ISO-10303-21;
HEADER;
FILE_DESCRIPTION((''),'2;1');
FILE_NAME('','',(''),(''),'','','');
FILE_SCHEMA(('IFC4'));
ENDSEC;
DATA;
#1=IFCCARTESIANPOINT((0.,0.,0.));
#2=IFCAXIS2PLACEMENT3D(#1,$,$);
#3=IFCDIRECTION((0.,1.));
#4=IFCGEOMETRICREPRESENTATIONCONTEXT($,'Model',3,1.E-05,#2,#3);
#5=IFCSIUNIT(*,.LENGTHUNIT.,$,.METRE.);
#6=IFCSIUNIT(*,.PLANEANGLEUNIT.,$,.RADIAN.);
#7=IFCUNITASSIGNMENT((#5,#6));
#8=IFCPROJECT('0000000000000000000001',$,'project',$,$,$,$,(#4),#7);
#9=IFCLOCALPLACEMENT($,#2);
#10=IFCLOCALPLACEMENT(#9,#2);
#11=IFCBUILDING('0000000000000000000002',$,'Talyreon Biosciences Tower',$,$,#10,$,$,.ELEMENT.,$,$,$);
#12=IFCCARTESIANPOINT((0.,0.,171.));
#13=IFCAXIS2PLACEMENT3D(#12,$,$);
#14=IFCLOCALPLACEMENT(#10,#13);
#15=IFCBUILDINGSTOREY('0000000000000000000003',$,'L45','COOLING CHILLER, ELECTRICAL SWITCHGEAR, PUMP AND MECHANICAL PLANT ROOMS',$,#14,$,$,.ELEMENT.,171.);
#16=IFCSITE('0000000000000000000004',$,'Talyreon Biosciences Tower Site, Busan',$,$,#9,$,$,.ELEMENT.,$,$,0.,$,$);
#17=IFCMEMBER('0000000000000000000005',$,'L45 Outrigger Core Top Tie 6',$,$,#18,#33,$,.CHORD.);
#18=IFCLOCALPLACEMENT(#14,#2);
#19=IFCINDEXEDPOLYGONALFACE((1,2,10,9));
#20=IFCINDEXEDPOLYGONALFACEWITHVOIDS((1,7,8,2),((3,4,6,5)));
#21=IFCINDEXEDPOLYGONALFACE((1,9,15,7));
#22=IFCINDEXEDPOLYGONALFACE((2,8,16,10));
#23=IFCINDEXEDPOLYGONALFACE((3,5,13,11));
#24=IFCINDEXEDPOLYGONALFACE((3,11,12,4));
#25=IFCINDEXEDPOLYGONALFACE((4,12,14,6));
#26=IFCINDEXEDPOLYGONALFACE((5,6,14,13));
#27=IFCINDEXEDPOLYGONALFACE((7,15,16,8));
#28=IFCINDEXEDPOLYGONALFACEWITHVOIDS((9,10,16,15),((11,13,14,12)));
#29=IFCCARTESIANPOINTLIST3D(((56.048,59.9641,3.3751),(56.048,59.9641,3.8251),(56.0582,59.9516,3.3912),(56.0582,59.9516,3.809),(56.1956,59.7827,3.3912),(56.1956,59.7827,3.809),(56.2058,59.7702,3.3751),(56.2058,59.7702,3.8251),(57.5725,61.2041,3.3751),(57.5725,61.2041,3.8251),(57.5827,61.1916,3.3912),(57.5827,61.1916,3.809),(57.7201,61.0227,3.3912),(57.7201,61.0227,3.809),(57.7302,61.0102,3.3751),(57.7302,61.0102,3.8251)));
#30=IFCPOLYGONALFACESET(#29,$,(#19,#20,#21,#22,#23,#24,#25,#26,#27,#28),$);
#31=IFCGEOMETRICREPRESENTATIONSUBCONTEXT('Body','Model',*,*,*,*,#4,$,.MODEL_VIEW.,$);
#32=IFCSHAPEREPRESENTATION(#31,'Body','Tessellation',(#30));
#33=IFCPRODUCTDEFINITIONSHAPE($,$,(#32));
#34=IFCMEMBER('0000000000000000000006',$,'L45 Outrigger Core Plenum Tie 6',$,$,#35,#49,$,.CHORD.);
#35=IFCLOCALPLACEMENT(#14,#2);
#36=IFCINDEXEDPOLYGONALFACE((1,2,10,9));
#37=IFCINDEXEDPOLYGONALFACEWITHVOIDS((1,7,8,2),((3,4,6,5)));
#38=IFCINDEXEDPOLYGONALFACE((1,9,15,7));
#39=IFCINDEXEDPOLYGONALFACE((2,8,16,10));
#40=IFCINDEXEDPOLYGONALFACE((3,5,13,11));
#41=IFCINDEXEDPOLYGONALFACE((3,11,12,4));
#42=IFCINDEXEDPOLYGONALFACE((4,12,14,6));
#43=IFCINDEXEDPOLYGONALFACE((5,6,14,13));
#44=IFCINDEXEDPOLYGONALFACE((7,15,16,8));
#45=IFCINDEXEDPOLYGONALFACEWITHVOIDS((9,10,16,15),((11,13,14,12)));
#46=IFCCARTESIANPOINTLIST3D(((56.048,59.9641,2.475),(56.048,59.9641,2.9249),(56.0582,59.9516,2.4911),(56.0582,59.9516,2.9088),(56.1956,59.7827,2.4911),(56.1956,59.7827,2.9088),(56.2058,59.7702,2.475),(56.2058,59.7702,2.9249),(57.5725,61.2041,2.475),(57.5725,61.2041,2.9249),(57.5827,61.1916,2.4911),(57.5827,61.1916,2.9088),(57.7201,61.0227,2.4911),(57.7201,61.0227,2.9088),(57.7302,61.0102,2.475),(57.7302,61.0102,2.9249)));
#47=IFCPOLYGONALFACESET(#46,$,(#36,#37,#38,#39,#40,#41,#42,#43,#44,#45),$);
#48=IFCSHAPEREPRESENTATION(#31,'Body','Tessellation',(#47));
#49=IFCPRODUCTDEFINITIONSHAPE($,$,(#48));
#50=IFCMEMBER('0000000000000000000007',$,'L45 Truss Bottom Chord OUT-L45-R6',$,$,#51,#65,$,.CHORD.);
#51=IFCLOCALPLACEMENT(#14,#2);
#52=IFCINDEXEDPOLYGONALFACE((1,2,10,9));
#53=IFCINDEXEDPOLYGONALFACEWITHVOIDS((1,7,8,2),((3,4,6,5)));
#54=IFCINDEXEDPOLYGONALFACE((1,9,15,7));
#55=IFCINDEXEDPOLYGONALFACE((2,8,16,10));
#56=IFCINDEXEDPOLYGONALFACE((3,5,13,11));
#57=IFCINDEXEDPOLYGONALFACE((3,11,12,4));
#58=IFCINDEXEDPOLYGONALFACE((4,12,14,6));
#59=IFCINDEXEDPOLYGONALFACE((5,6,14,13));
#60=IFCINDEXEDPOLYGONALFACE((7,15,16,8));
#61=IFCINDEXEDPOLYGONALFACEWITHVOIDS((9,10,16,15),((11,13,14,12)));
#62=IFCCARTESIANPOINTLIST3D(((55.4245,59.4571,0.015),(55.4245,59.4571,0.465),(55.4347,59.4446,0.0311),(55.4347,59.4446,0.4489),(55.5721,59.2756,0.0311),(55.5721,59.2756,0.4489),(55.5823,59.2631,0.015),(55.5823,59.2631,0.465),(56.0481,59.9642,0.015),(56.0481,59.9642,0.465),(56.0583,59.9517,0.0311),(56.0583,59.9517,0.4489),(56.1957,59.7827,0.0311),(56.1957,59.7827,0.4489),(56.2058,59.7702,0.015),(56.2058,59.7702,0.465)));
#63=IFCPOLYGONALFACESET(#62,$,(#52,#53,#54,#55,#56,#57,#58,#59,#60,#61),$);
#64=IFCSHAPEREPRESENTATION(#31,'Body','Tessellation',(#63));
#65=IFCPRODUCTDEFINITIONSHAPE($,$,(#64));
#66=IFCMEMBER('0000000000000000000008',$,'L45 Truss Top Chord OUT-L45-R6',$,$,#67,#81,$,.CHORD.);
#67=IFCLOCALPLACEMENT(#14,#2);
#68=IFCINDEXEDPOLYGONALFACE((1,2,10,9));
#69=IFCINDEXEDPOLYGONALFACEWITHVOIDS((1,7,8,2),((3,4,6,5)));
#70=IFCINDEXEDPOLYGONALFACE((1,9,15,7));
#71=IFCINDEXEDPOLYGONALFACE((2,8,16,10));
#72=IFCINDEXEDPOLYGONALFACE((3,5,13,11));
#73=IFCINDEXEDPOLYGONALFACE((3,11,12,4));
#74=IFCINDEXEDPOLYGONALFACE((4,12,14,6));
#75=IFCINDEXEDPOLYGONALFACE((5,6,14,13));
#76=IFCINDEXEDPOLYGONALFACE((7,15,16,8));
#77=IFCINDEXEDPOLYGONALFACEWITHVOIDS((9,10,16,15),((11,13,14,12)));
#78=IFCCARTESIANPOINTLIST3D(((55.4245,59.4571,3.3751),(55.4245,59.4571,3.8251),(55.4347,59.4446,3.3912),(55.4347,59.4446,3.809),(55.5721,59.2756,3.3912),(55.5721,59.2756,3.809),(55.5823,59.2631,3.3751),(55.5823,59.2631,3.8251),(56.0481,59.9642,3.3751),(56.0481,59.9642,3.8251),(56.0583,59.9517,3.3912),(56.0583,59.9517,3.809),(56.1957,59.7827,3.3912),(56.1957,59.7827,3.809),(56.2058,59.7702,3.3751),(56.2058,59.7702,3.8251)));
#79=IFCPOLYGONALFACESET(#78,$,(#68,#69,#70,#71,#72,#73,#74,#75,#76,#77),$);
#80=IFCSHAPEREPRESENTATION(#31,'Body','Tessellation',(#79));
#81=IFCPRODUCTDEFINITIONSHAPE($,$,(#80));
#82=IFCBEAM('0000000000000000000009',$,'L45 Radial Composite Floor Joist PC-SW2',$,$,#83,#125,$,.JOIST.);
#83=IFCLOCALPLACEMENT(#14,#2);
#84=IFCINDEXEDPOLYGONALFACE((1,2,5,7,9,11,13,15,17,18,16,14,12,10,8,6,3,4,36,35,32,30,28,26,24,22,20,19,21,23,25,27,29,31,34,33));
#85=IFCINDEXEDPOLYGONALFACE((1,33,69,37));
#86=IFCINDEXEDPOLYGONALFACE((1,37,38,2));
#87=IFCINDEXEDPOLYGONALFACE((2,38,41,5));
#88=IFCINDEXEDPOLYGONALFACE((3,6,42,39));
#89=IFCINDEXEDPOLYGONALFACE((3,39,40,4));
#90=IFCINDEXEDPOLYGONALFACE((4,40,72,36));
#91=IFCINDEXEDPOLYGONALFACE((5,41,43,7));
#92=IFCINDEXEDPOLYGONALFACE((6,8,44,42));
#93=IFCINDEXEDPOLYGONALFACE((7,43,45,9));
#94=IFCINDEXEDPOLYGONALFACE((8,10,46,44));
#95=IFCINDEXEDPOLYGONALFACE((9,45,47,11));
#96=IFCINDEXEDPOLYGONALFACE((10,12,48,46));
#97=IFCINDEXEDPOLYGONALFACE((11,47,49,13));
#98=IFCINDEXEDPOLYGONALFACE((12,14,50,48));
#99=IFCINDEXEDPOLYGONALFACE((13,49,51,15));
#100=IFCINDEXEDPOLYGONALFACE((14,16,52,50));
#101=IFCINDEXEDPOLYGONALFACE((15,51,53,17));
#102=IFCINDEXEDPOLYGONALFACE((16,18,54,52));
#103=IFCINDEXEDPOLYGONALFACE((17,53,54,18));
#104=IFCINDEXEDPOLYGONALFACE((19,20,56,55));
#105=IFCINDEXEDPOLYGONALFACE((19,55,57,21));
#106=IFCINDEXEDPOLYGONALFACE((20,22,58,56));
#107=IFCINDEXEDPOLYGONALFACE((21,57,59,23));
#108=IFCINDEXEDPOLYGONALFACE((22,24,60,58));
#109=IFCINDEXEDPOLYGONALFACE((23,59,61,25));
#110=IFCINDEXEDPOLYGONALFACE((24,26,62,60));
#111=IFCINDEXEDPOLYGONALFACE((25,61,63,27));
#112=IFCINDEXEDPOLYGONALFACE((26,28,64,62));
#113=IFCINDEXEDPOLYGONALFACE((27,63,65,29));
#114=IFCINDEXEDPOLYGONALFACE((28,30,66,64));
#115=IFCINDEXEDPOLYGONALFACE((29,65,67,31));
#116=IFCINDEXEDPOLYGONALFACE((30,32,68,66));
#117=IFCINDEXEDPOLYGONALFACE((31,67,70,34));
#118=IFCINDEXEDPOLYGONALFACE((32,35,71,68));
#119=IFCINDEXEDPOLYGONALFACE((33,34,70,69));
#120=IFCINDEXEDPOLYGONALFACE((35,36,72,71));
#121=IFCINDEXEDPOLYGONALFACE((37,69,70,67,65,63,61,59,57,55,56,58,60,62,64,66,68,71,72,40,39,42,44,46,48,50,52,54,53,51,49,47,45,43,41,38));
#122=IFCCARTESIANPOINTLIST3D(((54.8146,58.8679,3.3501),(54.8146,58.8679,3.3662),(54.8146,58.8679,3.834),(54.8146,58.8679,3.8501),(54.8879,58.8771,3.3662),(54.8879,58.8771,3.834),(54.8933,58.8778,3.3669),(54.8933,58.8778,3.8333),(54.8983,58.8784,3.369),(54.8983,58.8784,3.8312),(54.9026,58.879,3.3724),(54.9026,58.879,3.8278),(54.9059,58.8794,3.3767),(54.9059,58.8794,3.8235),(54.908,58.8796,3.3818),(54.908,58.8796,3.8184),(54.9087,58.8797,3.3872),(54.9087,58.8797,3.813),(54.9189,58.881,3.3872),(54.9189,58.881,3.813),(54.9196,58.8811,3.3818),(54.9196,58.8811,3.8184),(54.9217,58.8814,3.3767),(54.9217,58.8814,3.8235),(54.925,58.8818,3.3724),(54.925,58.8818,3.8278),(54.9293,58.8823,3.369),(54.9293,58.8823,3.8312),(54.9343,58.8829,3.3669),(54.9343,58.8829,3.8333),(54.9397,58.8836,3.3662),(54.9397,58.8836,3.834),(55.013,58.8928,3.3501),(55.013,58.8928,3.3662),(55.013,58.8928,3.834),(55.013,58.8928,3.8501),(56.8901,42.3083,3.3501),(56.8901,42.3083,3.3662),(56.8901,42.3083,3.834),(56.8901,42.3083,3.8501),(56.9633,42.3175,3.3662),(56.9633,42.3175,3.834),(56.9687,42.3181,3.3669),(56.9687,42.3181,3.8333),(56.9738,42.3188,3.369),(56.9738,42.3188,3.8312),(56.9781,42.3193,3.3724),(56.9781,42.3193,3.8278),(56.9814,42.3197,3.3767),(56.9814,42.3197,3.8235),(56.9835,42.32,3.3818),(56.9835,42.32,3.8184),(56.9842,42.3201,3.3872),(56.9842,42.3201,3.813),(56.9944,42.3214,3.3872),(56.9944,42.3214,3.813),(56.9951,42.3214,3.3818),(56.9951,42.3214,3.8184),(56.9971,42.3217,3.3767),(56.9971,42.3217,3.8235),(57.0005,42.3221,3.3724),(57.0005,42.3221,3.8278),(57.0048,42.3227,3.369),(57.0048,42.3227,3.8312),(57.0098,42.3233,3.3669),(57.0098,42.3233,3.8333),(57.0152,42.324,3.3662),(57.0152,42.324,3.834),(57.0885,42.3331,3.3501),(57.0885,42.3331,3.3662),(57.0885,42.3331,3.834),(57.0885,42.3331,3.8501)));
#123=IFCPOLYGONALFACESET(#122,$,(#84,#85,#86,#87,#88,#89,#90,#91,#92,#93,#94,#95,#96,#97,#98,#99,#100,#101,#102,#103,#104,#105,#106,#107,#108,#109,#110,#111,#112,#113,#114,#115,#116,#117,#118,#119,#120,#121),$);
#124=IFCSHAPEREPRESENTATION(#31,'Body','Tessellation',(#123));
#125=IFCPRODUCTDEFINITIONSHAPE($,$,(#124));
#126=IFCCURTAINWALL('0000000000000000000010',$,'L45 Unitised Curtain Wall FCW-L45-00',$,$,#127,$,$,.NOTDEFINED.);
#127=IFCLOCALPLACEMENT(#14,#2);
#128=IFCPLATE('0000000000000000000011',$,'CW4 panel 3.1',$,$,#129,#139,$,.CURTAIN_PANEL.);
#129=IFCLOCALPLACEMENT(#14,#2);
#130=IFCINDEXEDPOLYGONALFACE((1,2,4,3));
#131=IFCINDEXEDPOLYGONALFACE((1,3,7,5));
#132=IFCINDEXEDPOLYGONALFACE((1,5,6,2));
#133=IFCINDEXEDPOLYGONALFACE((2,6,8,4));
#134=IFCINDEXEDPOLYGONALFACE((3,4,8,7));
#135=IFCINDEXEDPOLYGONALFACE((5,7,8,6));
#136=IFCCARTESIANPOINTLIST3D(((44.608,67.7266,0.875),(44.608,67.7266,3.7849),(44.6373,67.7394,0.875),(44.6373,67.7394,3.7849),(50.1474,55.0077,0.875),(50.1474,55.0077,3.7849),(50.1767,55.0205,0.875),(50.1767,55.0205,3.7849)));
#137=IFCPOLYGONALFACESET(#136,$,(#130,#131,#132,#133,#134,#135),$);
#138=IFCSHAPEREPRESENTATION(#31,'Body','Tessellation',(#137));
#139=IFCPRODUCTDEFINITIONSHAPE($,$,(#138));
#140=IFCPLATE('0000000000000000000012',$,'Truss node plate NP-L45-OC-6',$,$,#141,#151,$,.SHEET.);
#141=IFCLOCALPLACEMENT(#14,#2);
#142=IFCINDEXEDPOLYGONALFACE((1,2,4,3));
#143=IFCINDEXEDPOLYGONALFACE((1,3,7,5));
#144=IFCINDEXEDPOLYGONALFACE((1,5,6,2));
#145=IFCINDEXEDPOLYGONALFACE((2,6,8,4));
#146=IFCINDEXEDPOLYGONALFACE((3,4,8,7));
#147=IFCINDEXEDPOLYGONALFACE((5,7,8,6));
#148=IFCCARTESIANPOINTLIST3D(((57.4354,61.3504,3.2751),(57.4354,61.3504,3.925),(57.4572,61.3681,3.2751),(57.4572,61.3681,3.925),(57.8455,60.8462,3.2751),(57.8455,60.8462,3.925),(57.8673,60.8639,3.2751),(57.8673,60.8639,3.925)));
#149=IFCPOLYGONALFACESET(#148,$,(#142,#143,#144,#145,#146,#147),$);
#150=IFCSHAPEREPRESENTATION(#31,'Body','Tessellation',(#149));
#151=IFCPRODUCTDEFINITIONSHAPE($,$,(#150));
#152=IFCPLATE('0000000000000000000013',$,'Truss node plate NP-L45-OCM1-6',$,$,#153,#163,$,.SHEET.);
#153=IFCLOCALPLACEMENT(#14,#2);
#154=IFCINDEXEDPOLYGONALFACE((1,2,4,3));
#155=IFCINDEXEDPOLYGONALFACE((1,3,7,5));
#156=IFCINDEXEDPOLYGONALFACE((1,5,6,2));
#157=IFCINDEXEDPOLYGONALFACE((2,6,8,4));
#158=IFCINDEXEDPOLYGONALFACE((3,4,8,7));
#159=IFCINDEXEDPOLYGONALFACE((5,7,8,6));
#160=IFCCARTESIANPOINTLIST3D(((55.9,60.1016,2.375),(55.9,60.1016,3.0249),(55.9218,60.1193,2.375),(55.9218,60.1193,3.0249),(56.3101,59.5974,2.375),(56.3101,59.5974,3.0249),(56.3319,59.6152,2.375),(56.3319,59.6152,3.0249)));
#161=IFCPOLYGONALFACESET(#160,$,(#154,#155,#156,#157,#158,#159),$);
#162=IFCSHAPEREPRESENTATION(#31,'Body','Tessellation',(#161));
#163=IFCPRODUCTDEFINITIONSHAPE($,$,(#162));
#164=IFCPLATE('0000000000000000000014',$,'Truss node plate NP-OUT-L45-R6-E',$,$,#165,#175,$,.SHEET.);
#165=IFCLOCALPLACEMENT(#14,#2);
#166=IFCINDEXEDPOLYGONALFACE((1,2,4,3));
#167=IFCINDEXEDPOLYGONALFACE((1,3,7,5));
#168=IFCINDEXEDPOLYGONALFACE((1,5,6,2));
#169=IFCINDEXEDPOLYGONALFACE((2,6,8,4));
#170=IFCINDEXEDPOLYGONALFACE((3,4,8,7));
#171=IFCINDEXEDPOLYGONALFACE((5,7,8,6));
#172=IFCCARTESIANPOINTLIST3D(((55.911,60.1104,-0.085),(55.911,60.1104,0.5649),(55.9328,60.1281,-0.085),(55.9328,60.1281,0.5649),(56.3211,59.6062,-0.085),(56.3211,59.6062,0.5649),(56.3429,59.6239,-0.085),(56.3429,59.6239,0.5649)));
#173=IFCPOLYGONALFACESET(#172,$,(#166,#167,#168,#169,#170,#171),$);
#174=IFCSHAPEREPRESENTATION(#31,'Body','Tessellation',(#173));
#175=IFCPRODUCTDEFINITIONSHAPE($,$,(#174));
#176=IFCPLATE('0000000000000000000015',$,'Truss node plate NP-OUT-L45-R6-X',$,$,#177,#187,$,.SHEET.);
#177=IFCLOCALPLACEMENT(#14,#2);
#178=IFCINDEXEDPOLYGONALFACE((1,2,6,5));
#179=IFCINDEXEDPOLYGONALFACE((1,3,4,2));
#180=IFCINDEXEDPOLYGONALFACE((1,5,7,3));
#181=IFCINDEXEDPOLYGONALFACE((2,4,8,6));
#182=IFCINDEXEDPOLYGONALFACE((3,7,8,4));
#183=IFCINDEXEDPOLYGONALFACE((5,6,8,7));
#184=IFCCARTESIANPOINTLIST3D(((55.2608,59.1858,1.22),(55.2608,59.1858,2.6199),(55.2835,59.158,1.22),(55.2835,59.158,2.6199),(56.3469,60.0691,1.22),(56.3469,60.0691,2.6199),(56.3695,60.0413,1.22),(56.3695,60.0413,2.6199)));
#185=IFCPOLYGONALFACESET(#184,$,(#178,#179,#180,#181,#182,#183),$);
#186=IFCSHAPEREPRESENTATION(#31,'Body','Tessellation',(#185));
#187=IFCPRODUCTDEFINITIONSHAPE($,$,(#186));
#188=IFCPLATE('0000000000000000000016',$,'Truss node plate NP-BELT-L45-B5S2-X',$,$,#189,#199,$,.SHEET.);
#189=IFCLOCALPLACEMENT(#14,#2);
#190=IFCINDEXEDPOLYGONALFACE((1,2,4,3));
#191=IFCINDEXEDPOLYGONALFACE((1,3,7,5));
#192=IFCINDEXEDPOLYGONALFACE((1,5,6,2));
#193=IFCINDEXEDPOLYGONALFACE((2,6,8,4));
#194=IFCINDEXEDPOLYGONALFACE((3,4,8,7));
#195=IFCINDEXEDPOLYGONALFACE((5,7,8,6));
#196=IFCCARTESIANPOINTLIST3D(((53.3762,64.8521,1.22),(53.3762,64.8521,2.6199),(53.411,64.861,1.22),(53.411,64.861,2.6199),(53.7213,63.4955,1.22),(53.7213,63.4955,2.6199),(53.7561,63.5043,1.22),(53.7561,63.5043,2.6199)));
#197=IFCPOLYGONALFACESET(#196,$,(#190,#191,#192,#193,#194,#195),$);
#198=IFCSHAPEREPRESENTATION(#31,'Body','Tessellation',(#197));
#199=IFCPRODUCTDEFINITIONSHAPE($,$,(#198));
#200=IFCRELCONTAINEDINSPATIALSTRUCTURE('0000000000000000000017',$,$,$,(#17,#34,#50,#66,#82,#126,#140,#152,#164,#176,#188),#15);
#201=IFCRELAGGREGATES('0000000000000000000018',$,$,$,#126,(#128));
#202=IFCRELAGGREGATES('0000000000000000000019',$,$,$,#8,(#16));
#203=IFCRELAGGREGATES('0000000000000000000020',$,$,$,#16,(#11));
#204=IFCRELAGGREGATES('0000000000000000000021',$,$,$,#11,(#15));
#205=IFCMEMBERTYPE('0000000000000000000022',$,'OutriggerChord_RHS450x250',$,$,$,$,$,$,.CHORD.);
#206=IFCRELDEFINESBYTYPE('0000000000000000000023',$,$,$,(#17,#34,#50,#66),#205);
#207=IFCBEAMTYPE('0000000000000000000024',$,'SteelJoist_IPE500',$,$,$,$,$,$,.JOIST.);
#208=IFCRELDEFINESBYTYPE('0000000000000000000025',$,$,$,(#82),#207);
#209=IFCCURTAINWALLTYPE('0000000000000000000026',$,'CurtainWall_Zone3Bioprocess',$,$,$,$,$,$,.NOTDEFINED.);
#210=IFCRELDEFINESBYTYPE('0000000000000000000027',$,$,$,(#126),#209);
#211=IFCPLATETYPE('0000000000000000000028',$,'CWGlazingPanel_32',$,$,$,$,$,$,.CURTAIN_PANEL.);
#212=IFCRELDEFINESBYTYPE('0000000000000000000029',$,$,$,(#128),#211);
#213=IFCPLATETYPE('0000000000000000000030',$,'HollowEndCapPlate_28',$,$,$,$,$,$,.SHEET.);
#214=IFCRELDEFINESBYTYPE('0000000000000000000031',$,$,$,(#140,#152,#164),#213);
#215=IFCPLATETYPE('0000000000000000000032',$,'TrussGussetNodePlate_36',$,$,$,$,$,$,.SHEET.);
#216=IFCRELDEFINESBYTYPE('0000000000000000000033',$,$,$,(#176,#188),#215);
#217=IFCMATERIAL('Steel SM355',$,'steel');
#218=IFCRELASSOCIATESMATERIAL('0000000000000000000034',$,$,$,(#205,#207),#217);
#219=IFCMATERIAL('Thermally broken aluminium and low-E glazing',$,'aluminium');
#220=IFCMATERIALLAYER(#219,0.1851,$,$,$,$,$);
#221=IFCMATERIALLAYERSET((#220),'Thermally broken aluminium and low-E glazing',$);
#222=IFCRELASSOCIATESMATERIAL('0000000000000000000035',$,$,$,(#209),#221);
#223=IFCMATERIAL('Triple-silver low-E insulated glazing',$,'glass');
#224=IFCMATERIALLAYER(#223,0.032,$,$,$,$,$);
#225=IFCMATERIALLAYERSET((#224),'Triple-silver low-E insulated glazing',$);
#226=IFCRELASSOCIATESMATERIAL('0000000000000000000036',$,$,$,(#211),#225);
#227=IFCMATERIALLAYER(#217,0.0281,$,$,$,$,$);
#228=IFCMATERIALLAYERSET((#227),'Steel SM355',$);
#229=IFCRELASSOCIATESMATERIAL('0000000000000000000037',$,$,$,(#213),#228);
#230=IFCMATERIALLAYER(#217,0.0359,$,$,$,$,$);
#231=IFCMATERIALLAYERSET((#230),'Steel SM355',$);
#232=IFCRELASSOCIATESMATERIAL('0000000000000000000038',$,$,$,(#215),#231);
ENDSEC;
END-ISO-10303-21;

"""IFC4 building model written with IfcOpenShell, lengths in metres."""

from ifc_helpers import new_model, si_unit, direction, frame, origin, origin_2d, place, context, subcontext, project, spatial, rectangle, hollow_rectangle, i_section, extrude, material, layer, layer_set, material_profile, profile_set, type_object, element, aggregate, save


model = new_model("IFC4")

# Units and contexts
model_context = context("Model", 3, precision=1e-05, world=origin(), true_north=direction((0.0, 1.0)))
body_context = subcontext(model_context, "Body", "Model", "MODEL_VIEW")
ifc_project = project(units=[si_unit("LENGTHUNIT", "METRE"), si_unit("PLANEANGLEUNIT", "RADIAN")], contexts=[model_context])

# Site, building, storey
site_placement = place(None, origin())
site = spatial("IfcSite", under=ifc_project, at=site_placement, Name="Talyreon Biosciences Tower Site, Busan", CompositionType="ELEMENT", RefElevation=0.0)
building_placement = place(site_placement, origin())
building = spatial("IfcBuilding", under=site, at=building_placement, Name="Talyreon Biosciences Tower", CompositionType="ELEMENT")
storey_placement = place(building_placement, frame((0.0, 0.0, 171.0)))
storey = spatial("IfcBuildingStorey", under=building, at=storey_placement, Name="L45", Description="COOLING CHILLER, ELECTRICAL SWITCHGEAR, PUMP AND MECHANICAL PLANT ROOMS", CompositionType="ELEMENT", Elevation=171.0)

# Shared definitions
ifc_material_1 = material(Name="Steel SM355", Category="steel")

# Members
ifc_material_profile_1 = material_profile(ifc_material_1, hollow_rectangle(XDim=0.25, YDim=0.45, WallThickness=0.0161, at=origin_2d()), Name="RHS 450x250x16")
ifc_profile_set_1 = profile_set([ifc_material_profile_1], Name="Steel SM355")
member_type_1 = type_object("IfcMemberType", Name="OutriggerChord_RHS450x250", PredefinedType="CHORD", material=ifc_profile_set_1)
for number, where, z_axis, x_axis, name in (
    (1, (57.6514, 61.1072, 3.6001), (-0.775764, -0.631023, 0.0), (0.631023, -0.775764, 0.0), "L45 Outrigger Core Top Tie 6"),
    (2, (57.6514, 61.1072, 2.7), (-0.775764, -0.631023, 0.0), (0.631023, -0.775764, 0.0), "L45 Outrigger Core Plenum Tie 6"),
):
    element("IfcMember", number, at=place(storey_placement, frame(where, z_axis=z_axis, x_axis=x_axis)), inside=storey, type_object=member_type_1, Name=name, PredefinedType="CHORD", context=body_context, shape_type="SweptSolid", body=[
        extrude(hollow_rectangle(XDim=0.25, YDim=0.45, WallThickness=0.0161, at=origin_2d()), origin(), (0.0, 0.0, 1.0), 1.9651),
    ])
for number, where, z_axis, x_axis, name in (
    (3, (56.127, 59.8672, 0.24), (-0.775835, -0.630936, 0.0), (0.630936, -0.775835, 0.0), "L45 Truss Bottom Chord OUT-L45-R6"),
    (4, (56.127, 59.8672, 3.6001), (-0.775835, -0.630936, 0.0), (0.630936, -0.775835, 0.0), "L45 Truss Top Chord OUT-L45-R6"),
):
    element("IfcMember", number, at=place(storey_placement, frame(where, z_axis=z_axis, x_axis=x_axis)), inside=storey, type_object=member_type_1, Name=name, PredefinedType="CHORD", context=body_context, shape_type="SweptSolid", body=[
        extrude(hollow_rectangle(XDim=0.25, YDim=0.45, WallThickness=0.0161, at=origin_2d()), origin(), (0.0, 0.0, 1.0), 0.8037),
    ])

# Beam
ifc_material_profile_2 = material_profile(ifc_material_1, i_section(OverallWidth=0.2, OverallDepth=0.5, WebThickness=0.0103, FlangeThickness=0.0161, FilletRadius=0.021, at=origin_2d()), Name="IPE500")
ifc_profile_set_2 = profile_set([ifc_material_profile_2], Name="Steel SM355")
beam_type_1 = type_object("IfcBeamType", Name="SteelJoist_IPE500", PredefinedType="JOIST", material=ifc_profile_set_2)
beam_1_placement = place(storey_placement, frame((54.9138, 58.8804, 3.6001), z_axis=(0.124359, -0.992237, 0.0), x_axis=(0.992237, 0.124359, 0.0)))
element("IfcBeam", 5, at=beam_1_placement, inside=storey, type_object=beam_type_1, Name="L45 Radial Composite Floor Joist PC-SW2", PredefinedType="JOIST", context=body_context, shape_type="SweptSolid", body=[
    extrude(i_section(OverallWidth=0.2, OverallDepth=0.5, WebThickness=0.0103, FlangeThickness=0.0161, FilletRadius=0.021, at=origin_2d()), origin(), (0.0, 0.0, 1.0), 16.6892),
])

# Curtain wall, plate
ifc_material_2 = material(Name="Thermally broken aluminium and low-E glazing", Category="aluminium")
ifc_layer_1 = layer(ifc_material_2, 0.1851)
ifc_layer_set_1 = layer_set([ifc_layer_1], Name="Thermally broken aluminium and low-E glazing")
curtain_wall_type = type_object("IfcCurtainWallType", Name="CurtainWall_Zone3Bioprocess", PredefinedType="NOTDEFINED", material=ifc_layer_set_1)
curtain_wall_placement = place(storey_placement, origin())
curtain_wall = element("IfcCurtainWall", 6, at=curtain_wall_placement, inside=storey, type_object=curtain_wall_type, Name="L45 Unitised Curtain Wall FCW-L45-00", PredefinedType="NOTDEFINED")
ifc_material_3 = material(Name="Triple-silver low-E insulated glazing", Category="glass")
ifc_layer_2 = layer(ifc_material_3, 0.032)
ifc_layer_set_2 = layer_set([ifc_layer_2], Name="Triple-silver low-E insulated glazing")
plate_type_1 = type_object("IfcPlateType", Name="CWGlazingPanel_32", PredefinedType="CURTAIN_PANEL", material=ifc_layer_set_2)
plate_placement = place(storey_placement, frame((47.3923, 61.3735, 0.875), z_axis=(0.0, 0.0, 1.0), x_axis=(-0.3993, 0.91682, 0.0)))
plate = element("IfcPlate", 7, at=plate_placement, type_object=plate_type_1, Name="CW4 panel 3.1", PredefinedType="CURTAIN_PANEL", context=body_context, shape_type="SweptSolid", body=[
    extrude(rectangle(XDim=13.8728, YDim=0.032, at=origin_2d()), origin(), (0.0, 0.0, 1.0), 2.9099),
])
aggregate(curtain_wall, [plate])

# Plates
ifc_layer_3 = layer(ifc_material_1, 0.0281)
ifc_layer_set_3 = layer_set([ifc_layer_3], Name="Steel SM355")
plate_type_2 = type_object("IfcPlateType", Name="HollowEndCapPlate_28", PredefinedType="SHEET", material=ifc_layer_set_3)
for number, where, z_axis, x_axis, name in (
    (8, (57.6514, 61.1072, 3.2751), (0.0, 0.0, 1.0), (0.631001, -0.775782, 0.0), "Truss node plate NP-L45-OC-6"),
    (9, (56.116, 59.8584, 2.375), (0.0, 0.0, 1.0), (0.631001, -0.775782, 0.0), "Truss node plate NP-L45-OCM1-6"),
    (10, (56.127, 59.8672, -0.085), (0.0, 0.0, 1.0), (0.630974, -0.775804, 0.0), "Truss node plate NP-OUT-L45-R6-E"),
):
    element("IfcPlate", number, at=place(storey_placement, frame(where, z_axis=z_axis, x_axis=x_axis)), inside=storey, type_object=plate_type_2, Name=name, PredefinedType="SHEET", context=body_context, shape_type="SweptSolid", body=[
        extrude(rectangle(XDim=0.6499, YDim=0.0281, at=origin_2d()), origin(), (0.0, 0.0, 1.0), 0.6499),
    ])
ifc_layer_4 = layer(ifc_material_1, 0.0359)
ifc_layer_set_4 = layer_set([ifc_layer_4], Name="Steel SM355")
plate_type_3 = type_object("IfcPlateType", Name="TrussGussetNodePlate_36", PredefinedType="SHEET", material=ifc_layer_set_4)
for number, where, z_axis, x_axis, name in (
    (11, (55.8152, 59.6135, 1.22), (0.0, 0.0, 1.0), (-0.775804, -0.630974, 0.0), "Truss node plate NP-OUT-L45-R6-X"),
    (12, (53.5662, 64.1782, 1.22), (0.0, 0.0, 1.0), (0.246542, -0.969132, 0.0), "Truss node plate NP-BELT-L45-B5S2-X"),
):
    element("IfcPlate", number, at=place(storey_placement, frame(where, z_axis=z_axis, x_axis=x_axis)), inside=storey, type_object=plate_type_3, Name=name, PredefinedType="SHEET", context=body_context, shape_type="SweptSolid", body=[
        extrude(rectangle(XDim=1.3999, YDim=0.0359, at=origin_2d()), origin(), (0.0, 0.0, 1.0), 1.3999),
    ])

save(model, "model.ifc")
